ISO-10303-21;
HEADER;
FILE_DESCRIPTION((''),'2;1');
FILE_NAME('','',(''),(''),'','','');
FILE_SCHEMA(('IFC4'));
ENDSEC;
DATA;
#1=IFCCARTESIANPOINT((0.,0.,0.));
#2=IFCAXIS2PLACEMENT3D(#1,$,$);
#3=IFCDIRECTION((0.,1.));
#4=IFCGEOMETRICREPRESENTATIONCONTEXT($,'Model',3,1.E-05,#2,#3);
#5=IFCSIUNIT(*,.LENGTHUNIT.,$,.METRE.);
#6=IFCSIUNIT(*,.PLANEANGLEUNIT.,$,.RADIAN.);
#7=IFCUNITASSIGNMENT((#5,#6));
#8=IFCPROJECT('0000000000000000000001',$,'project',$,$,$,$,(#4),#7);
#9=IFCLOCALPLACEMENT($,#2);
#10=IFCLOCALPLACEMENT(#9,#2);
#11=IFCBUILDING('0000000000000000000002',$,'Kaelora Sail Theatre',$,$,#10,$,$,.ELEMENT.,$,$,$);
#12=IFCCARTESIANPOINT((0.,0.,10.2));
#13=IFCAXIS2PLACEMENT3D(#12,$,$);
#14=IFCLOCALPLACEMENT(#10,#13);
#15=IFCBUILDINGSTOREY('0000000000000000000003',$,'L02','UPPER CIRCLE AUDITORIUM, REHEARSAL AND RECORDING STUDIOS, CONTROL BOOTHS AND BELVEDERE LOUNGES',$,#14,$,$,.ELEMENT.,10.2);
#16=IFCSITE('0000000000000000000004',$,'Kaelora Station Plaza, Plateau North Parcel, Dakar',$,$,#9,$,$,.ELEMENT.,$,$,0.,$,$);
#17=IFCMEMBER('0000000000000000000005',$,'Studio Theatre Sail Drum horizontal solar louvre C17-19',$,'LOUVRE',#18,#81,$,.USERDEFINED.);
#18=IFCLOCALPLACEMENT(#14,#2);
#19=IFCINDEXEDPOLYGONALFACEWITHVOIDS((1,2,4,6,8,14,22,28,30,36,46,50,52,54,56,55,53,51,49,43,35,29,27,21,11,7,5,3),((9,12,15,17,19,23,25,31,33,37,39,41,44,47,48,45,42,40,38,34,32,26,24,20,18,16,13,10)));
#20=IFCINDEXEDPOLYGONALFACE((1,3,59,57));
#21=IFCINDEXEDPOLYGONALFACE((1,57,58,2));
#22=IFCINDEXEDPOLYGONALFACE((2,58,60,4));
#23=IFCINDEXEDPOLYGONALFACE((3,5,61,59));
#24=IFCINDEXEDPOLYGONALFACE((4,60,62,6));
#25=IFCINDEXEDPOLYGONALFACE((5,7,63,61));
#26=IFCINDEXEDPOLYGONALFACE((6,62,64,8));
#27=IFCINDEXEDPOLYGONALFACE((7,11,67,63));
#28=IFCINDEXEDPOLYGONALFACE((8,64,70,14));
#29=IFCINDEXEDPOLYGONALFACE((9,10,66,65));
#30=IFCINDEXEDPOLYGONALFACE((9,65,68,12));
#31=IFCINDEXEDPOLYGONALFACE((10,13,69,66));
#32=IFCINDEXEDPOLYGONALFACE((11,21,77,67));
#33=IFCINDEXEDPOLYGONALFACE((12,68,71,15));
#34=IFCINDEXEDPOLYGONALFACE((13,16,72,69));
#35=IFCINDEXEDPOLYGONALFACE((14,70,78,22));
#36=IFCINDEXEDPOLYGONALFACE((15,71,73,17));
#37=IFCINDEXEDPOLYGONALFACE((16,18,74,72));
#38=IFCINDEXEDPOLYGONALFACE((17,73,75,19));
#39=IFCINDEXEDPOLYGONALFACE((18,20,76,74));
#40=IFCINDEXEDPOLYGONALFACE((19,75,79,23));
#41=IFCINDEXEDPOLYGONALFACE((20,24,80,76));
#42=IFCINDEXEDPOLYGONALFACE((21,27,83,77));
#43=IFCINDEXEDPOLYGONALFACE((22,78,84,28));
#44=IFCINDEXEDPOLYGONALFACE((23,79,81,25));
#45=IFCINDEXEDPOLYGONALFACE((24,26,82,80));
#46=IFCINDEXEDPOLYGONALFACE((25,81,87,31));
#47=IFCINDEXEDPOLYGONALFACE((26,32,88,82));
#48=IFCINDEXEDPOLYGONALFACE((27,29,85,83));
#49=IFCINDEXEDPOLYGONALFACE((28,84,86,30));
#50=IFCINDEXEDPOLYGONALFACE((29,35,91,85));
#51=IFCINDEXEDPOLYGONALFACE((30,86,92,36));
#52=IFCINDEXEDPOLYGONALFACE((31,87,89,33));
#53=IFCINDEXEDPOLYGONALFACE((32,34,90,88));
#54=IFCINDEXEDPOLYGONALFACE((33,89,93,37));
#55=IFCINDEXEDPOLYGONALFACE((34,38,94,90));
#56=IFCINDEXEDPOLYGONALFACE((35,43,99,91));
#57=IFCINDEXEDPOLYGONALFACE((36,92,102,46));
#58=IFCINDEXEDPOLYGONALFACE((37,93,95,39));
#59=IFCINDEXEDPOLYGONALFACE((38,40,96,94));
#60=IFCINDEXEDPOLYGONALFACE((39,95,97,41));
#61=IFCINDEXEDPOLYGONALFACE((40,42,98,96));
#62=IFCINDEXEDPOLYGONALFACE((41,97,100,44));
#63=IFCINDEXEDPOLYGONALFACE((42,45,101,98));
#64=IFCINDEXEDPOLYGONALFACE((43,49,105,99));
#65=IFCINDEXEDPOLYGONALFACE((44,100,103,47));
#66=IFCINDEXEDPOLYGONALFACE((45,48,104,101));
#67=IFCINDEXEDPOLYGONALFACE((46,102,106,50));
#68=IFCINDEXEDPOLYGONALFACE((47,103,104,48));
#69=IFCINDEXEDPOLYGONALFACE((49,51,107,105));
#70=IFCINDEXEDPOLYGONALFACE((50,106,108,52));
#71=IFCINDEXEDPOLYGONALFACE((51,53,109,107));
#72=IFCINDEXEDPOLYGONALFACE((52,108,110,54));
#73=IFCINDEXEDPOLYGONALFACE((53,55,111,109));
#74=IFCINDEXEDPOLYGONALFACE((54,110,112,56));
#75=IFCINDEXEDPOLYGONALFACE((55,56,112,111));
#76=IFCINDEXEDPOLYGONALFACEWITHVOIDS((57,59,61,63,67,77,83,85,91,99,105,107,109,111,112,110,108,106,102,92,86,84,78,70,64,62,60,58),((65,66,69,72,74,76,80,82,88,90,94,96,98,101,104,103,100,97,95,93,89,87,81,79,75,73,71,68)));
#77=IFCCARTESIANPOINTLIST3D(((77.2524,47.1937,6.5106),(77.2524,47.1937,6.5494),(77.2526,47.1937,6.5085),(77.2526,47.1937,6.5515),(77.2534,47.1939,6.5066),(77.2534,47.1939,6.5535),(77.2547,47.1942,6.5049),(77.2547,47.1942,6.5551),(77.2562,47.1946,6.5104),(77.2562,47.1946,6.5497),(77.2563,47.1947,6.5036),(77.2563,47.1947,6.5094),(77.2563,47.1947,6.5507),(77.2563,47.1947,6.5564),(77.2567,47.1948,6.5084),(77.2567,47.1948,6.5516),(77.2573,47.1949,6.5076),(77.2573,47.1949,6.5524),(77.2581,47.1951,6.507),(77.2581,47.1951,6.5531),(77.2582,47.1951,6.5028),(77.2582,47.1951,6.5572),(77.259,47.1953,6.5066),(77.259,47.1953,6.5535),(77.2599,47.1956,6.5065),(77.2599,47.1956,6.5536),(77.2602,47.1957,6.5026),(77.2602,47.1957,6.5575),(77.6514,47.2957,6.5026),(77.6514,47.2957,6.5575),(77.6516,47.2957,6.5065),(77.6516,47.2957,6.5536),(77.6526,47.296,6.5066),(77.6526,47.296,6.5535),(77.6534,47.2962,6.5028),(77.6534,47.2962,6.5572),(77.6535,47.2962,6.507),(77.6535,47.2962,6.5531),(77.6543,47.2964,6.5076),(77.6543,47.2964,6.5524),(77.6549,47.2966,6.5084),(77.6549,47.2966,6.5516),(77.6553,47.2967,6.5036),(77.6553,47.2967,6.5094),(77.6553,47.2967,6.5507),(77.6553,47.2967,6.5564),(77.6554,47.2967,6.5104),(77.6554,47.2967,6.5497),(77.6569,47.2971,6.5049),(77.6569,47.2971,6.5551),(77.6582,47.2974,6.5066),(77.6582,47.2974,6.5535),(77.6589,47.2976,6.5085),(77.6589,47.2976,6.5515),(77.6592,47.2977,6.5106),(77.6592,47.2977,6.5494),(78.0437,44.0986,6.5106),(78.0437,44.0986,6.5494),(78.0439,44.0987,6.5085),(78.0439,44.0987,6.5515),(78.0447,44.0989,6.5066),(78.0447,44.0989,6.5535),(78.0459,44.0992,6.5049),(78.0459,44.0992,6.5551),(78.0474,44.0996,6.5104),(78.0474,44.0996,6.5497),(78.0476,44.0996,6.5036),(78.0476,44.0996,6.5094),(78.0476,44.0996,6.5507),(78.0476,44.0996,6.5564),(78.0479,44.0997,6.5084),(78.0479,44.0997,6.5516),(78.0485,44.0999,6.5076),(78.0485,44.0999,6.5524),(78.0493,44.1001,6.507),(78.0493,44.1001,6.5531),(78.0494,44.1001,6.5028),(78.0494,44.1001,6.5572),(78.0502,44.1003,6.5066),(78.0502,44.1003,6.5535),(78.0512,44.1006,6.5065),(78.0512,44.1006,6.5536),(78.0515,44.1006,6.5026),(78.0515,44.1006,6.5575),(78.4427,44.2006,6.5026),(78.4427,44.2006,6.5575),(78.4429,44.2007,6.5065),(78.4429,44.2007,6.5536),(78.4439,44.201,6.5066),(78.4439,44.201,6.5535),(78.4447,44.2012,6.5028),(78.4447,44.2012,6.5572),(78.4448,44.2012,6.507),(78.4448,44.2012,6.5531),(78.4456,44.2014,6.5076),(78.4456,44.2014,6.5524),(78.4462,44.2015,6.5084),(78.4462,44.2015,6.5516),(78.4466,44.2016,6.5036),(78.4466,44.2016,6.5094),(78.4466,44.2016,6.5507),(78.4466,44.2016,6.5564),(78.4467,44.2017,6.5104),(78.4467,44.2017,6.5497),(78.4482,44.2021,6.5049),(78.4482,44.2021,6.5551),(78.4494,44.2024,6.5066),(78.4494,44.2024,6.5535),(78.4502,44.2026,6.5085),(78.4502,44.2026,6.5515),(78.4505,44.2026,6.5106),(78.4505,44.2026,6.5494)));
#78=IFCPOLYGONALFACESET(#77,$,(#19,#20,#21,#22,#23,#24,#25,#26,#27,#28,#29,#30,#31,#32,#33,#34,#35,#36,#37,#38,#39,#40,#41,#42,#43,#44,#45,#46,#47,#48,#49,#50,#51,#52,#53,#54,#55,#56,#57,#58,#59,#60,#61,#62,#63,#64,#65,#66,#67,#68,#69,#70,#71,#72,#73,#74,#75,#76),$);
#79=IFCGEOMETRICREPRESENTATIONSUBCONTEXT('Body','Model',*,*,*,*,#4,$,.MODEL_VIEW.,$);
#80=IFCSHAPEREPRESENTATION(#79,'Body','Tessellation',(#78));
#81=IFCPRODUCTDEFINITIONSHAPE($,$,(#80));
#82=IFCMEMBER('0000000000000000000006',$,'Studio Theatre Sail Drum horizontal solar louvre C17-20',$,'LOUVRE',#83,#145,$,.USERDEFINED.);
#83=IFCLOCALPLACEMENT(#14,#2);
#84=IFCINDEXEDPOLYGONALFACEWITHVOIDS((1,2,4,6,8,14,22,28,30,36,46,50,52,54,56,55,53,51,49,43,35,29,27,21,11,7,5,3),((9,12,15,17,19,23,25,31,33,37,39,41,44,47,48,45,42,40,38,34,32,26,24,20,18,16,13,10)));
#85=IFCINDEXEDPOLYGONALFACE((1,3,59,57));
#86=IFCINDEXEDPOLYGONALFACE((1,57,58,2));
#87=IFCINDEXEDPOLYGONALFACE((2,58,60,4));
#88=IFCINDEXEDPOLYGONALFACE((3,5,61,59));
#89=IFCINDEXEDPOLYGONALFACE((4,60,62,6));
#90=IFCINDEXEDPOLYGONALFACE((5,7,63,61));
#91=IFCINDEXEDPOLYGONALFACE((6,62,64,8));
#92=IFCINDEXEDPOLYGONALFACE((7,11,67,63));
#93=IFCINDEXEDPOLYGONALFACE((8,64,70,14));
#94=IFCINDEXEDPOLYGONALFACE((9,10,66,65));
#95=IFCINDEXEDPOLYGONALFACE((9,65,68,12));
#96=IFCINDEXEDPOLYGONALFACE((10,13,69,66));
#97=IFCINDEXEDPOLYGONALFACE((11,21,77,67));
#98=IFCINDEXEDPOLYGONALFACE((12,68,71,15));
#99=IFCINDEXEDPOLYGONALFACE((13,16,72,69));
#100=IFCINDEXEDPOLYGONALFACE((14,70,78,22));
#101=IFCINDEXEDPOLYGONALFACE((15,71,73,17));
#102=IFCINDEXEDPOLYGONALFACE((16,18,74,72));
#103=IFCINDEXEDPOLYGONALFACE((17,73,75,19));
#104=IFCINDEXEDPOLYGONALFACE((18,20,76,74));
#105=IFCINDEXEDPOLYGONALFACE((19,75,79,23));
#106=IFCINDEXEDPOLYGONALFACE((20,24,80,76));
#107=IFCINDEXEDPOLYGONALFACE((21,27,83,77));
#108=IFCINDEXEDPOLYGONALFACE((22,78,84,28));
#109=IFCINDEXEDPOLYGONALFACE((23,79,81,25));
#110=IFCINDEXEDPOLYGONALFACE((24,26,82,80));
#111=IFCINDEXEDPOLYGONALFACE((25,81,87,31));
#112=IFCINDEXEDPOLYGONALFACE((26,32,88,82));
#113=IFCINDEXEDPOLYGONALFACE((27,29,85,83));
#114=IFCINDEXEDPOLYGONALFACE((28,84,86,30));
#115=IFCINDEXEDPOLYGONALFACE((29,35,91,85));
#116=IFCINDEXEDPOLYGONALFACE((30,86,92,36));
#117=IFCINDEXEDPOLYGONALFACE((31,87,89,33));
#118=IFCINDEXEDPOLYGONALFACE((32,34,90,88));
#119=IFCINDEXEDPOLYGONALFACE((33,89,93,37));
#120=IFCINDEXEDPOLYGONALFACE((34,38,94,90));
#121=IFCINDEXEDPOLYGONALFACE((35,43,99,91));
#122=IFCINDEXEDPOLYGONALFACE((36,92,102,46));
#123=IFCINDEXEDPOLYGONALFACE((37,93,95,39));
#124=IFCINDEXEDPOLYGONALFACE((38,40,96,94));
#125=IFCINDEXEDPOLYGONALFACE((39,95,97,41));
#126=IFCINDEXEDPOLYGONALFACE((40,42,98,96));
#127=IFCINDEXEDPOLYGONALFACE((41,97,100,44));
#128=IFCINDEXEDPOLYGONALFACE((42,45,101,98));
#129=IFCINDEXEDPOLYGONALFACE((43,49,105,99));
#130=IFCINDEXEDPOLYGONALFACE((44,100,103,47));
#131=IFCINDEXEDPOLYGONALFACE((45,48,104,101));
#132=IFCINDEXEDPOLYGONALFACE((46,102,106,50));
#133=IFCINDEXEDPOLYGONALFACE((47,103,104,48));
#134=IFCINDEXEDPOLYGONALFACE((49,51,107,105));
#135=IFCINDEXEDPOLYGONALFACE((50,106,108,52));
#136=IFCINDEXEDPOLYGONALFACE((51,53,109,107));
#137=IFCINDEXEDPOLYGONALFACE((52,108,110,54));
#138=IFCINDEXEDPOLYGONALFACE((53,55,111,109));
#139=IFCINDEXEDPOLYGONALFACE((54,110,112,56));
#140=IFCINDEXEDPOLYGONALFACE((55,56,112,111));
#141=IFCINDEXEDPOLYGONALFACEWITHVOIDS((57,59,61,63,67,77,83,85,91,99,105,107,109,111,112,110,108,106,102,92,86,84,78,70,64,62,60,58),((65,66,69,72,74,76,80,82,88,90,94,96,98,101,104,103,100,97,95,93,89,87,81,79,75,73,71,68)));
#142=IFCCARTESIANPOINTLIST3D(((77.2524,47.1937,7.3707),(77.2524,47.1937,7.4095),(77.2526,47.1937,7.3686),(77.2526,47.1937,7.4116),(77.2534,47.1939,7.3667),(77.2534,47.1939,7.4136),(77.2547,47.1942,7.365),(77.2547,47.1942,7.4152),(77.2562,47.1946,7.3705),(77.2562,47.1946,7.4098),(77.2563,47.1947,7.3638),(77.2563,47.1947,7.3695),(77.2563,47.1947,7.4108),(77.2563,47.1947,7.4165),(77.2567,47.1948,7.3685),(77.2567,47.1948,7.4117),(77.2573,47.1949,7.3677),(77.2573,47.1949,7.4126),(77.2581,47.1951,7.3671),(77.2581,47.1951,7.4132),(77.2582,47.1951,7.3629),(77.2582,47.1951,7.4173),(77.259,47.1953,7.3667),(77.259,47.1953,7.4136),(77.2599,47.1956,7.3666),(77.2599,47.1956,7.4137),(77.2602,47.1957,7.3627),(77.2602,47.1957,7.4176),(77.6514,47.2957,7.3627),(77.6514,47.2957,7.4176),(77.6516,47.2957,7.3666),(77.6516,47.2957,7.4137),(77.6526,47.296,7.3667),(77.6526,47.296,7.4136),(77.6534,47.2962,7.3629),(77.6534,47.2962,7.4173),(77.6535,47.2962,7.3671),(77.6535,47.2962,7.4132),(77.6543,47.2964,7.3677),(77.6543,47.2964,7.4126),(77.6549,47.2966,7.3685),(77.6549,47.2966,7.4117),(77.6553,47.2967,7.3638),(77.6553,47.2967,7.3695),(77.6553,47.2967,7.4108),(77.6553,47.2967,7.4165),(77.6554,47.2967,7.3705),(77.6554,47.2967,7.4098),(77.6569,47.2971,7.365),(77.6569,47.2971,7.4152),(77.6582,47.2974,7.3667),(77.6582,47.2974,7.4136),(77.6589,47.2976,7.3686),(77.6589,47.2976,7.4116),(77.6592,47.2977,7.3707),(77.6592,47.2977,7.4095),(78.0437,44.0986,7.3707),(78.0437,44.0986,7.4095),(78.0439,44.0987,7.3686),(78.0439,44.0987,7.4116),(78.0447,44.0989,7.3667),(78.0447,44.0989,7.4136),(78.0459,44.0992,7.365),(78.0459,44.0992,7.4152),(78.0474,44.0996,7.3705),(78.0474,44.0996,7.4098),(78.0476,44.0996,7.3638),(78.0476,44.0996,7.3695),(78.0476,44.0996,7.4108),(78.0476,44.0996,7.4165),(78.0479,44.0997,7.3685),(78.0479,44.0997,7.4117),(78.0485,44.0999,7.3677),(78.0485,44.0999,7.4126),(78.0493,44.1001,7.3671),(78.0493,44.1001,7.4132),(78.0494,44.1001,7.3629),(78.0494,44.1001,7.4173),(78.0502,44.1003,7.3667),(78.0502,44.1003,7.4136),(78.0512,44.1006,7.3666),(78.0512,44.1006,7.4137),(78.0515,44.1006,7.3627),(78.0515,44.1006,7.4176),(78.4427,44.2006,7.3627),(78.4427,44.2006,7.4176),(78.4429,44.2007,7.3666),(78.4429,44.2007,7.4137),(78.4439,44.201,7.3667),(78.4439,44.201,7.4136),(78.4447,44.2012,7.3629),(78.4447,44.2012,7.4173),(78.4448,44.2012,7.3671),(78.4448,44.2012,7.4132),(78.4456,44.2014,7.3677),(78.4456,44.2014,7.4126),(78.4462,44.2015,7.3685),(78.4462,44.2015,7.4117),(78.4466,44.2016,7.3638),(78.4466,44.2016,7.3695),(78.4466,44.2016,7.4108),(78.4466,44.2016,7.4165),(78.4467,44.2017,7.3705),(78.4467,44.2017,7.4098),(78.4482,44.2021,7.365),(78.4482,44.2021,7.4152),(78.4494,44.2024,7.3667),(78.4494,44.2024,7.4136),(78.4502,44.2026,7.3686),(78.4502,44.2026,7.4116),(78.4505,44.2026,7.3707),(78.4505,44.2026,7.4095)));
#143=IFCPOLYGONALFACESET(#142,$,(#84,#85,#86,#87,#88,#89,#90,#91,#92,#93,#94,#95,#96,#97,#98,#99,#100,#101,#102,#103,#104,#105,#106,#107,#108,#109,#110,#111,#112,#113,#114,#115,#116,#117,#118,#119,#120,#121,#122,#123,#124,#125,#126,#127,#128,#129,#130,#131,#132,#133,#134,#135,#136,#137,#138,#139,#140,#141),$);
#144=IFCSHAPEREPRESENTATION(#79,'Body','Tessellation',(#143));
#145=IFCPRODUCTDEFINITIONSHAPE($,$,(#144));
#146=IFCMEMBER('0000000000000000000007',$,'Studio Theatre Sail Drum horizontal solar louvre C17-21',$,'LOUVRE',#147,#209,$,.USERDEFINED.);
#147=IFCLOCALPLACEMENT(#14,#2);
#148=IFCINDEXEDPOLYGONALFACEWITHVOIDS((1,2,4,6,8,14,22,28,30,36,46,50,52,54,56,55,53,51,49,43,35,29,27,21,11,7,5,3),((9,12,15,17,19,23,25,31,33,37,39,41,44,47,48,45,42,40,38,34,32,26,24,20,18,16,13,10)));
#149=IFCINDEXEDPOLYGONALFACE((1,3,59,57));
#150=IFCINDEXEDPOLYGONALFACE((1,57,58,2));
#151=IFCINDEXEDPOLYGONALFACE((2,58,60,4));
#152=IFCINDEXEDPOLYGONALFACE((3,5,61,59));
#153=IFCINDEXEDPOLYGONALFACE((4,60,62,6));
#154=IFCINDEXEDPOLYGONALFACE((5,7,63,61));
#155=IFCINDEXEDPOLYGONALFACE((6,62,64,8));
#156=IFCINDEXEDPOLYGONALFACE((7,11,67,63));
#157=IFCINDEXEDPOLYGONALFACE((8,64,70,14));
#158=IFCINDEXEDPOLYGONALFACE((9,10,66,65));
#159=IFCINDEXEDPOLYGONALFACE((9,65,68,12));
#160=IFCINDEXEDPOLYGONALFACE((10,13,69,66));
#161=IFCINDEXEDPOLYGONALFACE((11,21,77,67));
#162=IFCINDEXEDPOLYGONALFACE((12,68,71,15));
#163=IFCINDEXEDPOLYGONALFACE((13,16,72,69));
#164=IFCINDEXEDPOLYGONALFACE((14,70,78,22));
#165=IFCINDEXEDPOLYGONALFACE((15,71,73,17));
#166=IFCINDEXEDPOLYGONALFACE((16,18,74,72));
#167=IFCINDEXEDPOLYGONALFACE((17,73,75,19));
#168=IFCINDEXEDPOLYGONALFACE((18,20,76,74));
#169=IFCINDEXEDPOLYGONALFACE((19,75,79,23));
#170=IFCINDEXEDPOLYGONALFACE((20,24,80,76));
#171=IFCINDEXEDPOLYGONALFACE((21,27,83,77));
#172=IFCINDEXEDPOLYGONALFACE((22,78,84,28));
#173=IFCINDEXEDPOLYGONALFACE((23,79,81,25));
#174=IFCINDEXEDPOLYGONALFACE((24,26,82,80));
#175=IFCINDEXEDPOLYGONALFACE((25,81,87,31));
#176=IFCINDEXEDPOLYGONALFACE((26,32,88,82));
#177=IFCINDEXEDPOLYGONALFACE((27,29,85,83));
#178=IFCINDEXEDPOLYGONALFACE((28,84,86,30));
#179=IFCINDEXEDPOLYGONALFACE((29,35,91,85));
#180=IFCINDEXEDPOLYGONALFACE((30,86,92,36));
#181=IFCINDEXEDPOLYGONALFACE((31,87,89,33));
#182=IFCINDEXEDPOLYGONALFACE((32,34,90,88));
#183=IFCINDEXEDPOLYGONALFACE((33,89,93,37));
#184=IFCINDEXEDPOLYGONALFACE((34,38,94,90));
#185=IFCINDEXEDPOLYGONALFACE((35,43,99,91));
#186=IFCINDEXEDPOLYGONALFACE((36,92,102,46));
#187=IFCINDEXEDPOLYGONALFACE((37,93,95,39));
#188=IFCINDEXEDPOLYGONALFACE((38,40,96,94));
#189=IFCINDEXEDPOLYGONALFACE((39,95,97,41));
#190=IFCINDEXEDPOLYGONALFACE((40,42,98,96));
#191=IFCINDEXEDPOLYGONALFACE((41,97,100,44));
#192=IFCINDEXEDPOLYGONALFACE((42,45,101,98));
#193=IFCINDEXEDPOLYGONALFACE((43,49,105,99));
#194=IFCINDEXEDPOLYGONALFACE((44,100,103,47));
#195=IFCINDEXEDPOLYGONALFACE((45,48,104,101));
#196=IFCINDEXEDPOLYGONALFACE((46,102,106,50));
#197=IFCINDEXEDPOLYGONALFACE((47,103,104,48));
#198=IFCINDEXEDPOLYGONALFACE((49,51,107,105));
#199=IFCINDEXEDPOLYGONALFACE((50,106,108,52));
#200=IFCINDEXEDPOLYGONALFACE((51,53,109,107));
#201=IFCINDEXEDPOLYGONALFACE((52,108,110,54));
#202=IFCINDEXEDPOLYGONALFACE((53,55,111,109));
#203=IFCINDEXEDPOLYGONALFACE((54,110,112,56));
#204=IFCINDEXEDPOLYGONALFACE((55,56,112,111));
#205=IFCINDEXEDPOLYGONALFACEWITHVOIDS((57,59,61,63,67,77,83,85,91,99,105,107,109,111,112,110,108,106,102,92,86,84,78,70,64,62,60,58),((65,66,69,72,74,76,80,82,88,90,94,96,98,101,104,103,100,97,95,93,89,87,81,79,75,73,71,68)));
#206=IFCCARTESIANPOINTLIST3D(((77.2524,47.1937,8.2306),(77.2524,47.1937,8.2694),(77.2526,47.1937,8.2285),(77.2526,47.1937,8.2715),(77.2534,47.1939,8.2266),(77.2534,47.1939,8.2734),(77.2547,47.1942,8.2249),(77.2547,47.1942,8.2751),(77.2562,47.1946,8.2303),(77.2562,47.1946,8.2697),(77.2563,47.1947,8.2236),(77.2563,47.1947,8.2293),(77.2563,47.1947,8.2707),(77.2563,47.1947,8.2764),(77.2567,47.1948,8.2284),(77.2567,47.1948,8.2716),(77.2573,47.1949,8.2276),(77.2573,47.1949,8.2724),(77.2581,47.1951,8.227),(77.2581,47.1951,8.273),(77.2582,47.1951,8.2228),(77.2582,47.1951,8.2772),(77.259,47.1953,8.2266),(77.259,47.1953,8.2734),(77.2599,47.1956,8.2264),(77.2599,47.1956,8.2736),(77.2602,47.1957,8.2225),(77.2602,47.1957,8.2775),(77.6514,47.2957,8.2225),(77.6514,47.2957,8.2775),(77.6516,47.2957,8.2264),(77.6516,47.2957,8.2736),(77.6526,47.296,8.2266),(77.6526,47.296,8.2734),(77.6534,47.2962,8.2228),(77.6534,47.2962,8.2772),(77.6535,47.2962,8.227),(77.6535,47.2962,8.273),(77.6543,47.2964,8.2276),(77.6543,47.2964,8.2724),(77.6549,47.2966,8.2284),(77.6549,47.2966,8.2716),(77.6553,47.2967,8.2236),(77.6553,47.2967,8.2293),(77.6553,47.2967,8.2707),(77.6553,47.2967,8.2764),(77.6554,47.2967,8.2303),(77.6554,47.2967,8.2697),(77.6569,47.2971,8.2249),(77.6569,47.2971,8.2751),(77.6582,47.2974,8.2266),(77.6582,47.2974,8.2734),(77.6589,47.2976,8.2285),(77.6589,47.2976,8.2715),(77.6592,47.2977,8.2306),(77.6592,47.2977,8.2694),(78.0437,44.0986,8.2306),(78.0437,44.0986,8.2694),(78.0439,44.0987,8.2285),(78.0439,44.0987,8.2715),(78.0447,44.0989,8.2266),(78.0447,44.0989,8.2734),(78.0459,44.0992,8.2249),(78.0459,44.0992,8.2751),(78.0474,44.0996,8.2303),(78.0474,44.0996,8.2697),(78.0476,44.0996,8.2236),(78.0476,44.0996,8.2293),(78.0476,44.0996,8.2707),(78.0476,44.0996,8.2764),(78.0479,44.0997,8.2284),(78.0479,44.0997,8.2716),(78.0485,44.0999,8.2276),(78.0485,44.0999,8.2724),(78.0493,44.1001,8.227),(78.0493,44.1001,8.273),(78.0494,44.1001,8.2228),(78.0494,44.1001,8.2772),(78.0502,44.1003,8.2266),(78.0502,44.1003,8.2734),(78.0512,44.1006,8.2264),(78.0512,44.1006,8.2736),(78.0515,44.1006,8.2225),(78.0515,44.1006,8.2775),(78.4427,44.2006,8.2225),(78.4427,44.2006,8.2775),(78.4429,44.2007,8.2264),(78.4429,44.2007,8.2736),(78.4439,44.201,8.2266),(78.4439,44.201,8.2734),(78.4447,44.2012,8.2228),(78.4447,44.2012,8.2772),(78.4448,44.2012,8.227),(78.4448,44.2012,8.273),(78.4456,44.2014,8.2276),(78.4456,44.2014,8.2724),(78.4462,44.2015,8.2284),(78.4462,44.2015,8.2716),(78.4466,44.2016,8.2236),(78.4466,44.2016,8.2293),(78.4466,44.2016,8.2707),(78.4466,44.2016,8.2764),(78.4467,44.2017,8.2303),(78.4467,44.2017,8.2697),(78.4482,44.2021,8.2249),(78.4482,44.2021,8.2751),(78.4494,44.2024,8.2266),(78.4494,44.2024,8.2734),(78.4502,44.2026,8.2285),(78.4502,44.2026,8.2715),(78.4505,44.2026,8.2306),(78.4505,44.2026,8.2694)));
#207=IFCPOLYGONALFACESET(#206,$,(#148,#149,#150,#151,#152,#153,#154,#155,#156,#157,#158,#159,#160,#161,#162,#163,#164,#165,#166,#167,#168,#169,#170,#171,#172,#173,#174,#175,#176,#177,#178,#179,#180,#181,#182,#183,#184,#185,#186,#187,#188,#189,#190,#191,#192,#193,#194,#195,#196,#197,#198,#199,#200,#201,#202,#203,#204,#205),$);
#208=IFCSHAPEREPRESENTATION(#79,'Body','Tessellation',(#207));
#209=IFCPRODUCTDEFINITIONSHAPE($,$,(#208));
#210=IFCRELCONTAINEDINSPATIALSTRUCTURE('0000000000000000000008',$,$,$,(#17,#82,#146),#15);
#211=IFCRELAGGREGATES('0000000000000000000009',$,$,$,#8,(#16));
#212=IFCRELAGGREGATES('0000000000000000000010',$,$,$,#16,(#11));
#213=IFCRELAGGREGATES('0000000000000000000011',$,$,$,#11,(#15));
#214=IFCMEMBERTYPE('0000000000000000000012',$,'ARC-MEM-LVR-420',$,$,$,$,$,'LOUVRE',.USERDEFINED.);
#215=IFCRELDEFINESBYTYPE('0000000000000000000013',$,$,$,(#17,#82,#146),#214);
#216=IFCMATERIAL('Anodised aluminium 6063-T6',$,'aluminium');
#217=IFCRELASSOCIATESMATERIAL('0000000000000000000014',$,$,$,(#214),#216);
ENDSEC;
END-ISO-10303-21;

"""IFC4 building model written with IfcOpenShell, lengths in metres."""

from ifc_helpers import new_model, si_unit, direction, frame, origin, origin_2d, place, context, subcontext, project, spatial, hollow_rectangle, extrude, material, material_profile, profile_set, type_object, element, save


model = new_model("IFC4")

# Units and contexts
model_context = context("Model", 3, precision=1e-05, world=origin(), true_north=direction((0.0, 1.0)))
body_context = subcontext(model_context, "Body", "Model", "MODEL_VIEW")
ifc_project = project(units=[si_unit("LENGTHUNIT", "METRE"), si_unit("PLANEANGLEUNIT", "RADIAN")], contexts=[model_context])

# Site, building, storey
site_placement = place(None, origin())
site = spatial("IfcSite", under=ifc_project, at=site_placement, Name="Kaelora Station Plaza, Plateau North Parcel, Dakar", CompositionType="ELEMENT", RefElevation=0.0)
building_placement = place(site_placement, origin())
building = spatial("IfcBuilding", under=site, at=building_placement, Name="Kaelora Sail Theatre", CompositionType="ELEMENT")
storey_placement = place(building_placement, frame((0.0, 0.0, 10.2)))
storey = spatial("IfcBuildingStorey", under=building, at=storey_placement, Name="L02", Description="UPPER CIRCLE AUDITORIUM, REHEARSAL AND RECORDING STUDIOS, CONTROL BOOTHS AND BELVEDERE LOUNGES", CompositionType="ELEMENT", Elevation=10.2)

# Members
ifc_material_1 = material(Name="Anodised aluminium 6063-T6", Category="aluminium")
ifc_material_profile_1 = material_profile(ifc_material_1, hollow_rectangle(XDim=0.4199, YDim=0.0549, WallThickness=0.0039, InnerFilletRadius=0.0039, OuterFilletRadius=0.0081, at=origin_2d()), Name="LOUVRE 420x55x4")
ifc_profile_set_1 = profile_set([ifc_material_profile_1], Name="Anodised aluminium 6063-T6")
member_type = type_object("IfcMemberType", Name="ARC-MEM-LVR-420", ElementType="LOUVRE", PredefinedType="USERDEFINED", material=ifc_profile_set_1)
for number, where, z_axis, x_axis, name in (
    (1, (78.2471, 44.1506, 6.53), (-0.247693, 0.968839, 0.0), (-0.968839, -0.247693, 0.0), "Studio Theatre Sail Drum horizontal solar louvre C17-19"),
    (2, (78.2471, 44.1506, 7.3901), (-0.247693, 0.968839, 0.0), (-0.968839, -0.247693, 0.0), "Studio Theatre Sail Drum horizontal solar louvre C17-20"),
    (3, (78.2471, 44.1506, 8.25), (-0.247693, 0.968839, 0.0), (-0.968839, -0.247693, 0.0), "Studio Theatre Sail Drum horizontal solar louvre C17-21"),
):
    element("IfcMember", number, at=place(storey_placement, frame(where, z_axis=z_axis, x_axis=x_axis)), inside=storey, type_object=member_type, Name=name, ObjectType="LOUVRE", PredefinedType="USERDEFINED", context=body_context, shape_type="SweptSolid", body=[
        extrude(hollow_rectangle(XDim=0.4199, YDim=0.0549, WallThickness=0.0039, InnerFilletRadius=0.0039, OuterFilletRadius=0.0081, at=origin_2d()), origin(), (0.0, 0.0, 1.0), 3.1946),
    ])

save(model, "model.ifc")
